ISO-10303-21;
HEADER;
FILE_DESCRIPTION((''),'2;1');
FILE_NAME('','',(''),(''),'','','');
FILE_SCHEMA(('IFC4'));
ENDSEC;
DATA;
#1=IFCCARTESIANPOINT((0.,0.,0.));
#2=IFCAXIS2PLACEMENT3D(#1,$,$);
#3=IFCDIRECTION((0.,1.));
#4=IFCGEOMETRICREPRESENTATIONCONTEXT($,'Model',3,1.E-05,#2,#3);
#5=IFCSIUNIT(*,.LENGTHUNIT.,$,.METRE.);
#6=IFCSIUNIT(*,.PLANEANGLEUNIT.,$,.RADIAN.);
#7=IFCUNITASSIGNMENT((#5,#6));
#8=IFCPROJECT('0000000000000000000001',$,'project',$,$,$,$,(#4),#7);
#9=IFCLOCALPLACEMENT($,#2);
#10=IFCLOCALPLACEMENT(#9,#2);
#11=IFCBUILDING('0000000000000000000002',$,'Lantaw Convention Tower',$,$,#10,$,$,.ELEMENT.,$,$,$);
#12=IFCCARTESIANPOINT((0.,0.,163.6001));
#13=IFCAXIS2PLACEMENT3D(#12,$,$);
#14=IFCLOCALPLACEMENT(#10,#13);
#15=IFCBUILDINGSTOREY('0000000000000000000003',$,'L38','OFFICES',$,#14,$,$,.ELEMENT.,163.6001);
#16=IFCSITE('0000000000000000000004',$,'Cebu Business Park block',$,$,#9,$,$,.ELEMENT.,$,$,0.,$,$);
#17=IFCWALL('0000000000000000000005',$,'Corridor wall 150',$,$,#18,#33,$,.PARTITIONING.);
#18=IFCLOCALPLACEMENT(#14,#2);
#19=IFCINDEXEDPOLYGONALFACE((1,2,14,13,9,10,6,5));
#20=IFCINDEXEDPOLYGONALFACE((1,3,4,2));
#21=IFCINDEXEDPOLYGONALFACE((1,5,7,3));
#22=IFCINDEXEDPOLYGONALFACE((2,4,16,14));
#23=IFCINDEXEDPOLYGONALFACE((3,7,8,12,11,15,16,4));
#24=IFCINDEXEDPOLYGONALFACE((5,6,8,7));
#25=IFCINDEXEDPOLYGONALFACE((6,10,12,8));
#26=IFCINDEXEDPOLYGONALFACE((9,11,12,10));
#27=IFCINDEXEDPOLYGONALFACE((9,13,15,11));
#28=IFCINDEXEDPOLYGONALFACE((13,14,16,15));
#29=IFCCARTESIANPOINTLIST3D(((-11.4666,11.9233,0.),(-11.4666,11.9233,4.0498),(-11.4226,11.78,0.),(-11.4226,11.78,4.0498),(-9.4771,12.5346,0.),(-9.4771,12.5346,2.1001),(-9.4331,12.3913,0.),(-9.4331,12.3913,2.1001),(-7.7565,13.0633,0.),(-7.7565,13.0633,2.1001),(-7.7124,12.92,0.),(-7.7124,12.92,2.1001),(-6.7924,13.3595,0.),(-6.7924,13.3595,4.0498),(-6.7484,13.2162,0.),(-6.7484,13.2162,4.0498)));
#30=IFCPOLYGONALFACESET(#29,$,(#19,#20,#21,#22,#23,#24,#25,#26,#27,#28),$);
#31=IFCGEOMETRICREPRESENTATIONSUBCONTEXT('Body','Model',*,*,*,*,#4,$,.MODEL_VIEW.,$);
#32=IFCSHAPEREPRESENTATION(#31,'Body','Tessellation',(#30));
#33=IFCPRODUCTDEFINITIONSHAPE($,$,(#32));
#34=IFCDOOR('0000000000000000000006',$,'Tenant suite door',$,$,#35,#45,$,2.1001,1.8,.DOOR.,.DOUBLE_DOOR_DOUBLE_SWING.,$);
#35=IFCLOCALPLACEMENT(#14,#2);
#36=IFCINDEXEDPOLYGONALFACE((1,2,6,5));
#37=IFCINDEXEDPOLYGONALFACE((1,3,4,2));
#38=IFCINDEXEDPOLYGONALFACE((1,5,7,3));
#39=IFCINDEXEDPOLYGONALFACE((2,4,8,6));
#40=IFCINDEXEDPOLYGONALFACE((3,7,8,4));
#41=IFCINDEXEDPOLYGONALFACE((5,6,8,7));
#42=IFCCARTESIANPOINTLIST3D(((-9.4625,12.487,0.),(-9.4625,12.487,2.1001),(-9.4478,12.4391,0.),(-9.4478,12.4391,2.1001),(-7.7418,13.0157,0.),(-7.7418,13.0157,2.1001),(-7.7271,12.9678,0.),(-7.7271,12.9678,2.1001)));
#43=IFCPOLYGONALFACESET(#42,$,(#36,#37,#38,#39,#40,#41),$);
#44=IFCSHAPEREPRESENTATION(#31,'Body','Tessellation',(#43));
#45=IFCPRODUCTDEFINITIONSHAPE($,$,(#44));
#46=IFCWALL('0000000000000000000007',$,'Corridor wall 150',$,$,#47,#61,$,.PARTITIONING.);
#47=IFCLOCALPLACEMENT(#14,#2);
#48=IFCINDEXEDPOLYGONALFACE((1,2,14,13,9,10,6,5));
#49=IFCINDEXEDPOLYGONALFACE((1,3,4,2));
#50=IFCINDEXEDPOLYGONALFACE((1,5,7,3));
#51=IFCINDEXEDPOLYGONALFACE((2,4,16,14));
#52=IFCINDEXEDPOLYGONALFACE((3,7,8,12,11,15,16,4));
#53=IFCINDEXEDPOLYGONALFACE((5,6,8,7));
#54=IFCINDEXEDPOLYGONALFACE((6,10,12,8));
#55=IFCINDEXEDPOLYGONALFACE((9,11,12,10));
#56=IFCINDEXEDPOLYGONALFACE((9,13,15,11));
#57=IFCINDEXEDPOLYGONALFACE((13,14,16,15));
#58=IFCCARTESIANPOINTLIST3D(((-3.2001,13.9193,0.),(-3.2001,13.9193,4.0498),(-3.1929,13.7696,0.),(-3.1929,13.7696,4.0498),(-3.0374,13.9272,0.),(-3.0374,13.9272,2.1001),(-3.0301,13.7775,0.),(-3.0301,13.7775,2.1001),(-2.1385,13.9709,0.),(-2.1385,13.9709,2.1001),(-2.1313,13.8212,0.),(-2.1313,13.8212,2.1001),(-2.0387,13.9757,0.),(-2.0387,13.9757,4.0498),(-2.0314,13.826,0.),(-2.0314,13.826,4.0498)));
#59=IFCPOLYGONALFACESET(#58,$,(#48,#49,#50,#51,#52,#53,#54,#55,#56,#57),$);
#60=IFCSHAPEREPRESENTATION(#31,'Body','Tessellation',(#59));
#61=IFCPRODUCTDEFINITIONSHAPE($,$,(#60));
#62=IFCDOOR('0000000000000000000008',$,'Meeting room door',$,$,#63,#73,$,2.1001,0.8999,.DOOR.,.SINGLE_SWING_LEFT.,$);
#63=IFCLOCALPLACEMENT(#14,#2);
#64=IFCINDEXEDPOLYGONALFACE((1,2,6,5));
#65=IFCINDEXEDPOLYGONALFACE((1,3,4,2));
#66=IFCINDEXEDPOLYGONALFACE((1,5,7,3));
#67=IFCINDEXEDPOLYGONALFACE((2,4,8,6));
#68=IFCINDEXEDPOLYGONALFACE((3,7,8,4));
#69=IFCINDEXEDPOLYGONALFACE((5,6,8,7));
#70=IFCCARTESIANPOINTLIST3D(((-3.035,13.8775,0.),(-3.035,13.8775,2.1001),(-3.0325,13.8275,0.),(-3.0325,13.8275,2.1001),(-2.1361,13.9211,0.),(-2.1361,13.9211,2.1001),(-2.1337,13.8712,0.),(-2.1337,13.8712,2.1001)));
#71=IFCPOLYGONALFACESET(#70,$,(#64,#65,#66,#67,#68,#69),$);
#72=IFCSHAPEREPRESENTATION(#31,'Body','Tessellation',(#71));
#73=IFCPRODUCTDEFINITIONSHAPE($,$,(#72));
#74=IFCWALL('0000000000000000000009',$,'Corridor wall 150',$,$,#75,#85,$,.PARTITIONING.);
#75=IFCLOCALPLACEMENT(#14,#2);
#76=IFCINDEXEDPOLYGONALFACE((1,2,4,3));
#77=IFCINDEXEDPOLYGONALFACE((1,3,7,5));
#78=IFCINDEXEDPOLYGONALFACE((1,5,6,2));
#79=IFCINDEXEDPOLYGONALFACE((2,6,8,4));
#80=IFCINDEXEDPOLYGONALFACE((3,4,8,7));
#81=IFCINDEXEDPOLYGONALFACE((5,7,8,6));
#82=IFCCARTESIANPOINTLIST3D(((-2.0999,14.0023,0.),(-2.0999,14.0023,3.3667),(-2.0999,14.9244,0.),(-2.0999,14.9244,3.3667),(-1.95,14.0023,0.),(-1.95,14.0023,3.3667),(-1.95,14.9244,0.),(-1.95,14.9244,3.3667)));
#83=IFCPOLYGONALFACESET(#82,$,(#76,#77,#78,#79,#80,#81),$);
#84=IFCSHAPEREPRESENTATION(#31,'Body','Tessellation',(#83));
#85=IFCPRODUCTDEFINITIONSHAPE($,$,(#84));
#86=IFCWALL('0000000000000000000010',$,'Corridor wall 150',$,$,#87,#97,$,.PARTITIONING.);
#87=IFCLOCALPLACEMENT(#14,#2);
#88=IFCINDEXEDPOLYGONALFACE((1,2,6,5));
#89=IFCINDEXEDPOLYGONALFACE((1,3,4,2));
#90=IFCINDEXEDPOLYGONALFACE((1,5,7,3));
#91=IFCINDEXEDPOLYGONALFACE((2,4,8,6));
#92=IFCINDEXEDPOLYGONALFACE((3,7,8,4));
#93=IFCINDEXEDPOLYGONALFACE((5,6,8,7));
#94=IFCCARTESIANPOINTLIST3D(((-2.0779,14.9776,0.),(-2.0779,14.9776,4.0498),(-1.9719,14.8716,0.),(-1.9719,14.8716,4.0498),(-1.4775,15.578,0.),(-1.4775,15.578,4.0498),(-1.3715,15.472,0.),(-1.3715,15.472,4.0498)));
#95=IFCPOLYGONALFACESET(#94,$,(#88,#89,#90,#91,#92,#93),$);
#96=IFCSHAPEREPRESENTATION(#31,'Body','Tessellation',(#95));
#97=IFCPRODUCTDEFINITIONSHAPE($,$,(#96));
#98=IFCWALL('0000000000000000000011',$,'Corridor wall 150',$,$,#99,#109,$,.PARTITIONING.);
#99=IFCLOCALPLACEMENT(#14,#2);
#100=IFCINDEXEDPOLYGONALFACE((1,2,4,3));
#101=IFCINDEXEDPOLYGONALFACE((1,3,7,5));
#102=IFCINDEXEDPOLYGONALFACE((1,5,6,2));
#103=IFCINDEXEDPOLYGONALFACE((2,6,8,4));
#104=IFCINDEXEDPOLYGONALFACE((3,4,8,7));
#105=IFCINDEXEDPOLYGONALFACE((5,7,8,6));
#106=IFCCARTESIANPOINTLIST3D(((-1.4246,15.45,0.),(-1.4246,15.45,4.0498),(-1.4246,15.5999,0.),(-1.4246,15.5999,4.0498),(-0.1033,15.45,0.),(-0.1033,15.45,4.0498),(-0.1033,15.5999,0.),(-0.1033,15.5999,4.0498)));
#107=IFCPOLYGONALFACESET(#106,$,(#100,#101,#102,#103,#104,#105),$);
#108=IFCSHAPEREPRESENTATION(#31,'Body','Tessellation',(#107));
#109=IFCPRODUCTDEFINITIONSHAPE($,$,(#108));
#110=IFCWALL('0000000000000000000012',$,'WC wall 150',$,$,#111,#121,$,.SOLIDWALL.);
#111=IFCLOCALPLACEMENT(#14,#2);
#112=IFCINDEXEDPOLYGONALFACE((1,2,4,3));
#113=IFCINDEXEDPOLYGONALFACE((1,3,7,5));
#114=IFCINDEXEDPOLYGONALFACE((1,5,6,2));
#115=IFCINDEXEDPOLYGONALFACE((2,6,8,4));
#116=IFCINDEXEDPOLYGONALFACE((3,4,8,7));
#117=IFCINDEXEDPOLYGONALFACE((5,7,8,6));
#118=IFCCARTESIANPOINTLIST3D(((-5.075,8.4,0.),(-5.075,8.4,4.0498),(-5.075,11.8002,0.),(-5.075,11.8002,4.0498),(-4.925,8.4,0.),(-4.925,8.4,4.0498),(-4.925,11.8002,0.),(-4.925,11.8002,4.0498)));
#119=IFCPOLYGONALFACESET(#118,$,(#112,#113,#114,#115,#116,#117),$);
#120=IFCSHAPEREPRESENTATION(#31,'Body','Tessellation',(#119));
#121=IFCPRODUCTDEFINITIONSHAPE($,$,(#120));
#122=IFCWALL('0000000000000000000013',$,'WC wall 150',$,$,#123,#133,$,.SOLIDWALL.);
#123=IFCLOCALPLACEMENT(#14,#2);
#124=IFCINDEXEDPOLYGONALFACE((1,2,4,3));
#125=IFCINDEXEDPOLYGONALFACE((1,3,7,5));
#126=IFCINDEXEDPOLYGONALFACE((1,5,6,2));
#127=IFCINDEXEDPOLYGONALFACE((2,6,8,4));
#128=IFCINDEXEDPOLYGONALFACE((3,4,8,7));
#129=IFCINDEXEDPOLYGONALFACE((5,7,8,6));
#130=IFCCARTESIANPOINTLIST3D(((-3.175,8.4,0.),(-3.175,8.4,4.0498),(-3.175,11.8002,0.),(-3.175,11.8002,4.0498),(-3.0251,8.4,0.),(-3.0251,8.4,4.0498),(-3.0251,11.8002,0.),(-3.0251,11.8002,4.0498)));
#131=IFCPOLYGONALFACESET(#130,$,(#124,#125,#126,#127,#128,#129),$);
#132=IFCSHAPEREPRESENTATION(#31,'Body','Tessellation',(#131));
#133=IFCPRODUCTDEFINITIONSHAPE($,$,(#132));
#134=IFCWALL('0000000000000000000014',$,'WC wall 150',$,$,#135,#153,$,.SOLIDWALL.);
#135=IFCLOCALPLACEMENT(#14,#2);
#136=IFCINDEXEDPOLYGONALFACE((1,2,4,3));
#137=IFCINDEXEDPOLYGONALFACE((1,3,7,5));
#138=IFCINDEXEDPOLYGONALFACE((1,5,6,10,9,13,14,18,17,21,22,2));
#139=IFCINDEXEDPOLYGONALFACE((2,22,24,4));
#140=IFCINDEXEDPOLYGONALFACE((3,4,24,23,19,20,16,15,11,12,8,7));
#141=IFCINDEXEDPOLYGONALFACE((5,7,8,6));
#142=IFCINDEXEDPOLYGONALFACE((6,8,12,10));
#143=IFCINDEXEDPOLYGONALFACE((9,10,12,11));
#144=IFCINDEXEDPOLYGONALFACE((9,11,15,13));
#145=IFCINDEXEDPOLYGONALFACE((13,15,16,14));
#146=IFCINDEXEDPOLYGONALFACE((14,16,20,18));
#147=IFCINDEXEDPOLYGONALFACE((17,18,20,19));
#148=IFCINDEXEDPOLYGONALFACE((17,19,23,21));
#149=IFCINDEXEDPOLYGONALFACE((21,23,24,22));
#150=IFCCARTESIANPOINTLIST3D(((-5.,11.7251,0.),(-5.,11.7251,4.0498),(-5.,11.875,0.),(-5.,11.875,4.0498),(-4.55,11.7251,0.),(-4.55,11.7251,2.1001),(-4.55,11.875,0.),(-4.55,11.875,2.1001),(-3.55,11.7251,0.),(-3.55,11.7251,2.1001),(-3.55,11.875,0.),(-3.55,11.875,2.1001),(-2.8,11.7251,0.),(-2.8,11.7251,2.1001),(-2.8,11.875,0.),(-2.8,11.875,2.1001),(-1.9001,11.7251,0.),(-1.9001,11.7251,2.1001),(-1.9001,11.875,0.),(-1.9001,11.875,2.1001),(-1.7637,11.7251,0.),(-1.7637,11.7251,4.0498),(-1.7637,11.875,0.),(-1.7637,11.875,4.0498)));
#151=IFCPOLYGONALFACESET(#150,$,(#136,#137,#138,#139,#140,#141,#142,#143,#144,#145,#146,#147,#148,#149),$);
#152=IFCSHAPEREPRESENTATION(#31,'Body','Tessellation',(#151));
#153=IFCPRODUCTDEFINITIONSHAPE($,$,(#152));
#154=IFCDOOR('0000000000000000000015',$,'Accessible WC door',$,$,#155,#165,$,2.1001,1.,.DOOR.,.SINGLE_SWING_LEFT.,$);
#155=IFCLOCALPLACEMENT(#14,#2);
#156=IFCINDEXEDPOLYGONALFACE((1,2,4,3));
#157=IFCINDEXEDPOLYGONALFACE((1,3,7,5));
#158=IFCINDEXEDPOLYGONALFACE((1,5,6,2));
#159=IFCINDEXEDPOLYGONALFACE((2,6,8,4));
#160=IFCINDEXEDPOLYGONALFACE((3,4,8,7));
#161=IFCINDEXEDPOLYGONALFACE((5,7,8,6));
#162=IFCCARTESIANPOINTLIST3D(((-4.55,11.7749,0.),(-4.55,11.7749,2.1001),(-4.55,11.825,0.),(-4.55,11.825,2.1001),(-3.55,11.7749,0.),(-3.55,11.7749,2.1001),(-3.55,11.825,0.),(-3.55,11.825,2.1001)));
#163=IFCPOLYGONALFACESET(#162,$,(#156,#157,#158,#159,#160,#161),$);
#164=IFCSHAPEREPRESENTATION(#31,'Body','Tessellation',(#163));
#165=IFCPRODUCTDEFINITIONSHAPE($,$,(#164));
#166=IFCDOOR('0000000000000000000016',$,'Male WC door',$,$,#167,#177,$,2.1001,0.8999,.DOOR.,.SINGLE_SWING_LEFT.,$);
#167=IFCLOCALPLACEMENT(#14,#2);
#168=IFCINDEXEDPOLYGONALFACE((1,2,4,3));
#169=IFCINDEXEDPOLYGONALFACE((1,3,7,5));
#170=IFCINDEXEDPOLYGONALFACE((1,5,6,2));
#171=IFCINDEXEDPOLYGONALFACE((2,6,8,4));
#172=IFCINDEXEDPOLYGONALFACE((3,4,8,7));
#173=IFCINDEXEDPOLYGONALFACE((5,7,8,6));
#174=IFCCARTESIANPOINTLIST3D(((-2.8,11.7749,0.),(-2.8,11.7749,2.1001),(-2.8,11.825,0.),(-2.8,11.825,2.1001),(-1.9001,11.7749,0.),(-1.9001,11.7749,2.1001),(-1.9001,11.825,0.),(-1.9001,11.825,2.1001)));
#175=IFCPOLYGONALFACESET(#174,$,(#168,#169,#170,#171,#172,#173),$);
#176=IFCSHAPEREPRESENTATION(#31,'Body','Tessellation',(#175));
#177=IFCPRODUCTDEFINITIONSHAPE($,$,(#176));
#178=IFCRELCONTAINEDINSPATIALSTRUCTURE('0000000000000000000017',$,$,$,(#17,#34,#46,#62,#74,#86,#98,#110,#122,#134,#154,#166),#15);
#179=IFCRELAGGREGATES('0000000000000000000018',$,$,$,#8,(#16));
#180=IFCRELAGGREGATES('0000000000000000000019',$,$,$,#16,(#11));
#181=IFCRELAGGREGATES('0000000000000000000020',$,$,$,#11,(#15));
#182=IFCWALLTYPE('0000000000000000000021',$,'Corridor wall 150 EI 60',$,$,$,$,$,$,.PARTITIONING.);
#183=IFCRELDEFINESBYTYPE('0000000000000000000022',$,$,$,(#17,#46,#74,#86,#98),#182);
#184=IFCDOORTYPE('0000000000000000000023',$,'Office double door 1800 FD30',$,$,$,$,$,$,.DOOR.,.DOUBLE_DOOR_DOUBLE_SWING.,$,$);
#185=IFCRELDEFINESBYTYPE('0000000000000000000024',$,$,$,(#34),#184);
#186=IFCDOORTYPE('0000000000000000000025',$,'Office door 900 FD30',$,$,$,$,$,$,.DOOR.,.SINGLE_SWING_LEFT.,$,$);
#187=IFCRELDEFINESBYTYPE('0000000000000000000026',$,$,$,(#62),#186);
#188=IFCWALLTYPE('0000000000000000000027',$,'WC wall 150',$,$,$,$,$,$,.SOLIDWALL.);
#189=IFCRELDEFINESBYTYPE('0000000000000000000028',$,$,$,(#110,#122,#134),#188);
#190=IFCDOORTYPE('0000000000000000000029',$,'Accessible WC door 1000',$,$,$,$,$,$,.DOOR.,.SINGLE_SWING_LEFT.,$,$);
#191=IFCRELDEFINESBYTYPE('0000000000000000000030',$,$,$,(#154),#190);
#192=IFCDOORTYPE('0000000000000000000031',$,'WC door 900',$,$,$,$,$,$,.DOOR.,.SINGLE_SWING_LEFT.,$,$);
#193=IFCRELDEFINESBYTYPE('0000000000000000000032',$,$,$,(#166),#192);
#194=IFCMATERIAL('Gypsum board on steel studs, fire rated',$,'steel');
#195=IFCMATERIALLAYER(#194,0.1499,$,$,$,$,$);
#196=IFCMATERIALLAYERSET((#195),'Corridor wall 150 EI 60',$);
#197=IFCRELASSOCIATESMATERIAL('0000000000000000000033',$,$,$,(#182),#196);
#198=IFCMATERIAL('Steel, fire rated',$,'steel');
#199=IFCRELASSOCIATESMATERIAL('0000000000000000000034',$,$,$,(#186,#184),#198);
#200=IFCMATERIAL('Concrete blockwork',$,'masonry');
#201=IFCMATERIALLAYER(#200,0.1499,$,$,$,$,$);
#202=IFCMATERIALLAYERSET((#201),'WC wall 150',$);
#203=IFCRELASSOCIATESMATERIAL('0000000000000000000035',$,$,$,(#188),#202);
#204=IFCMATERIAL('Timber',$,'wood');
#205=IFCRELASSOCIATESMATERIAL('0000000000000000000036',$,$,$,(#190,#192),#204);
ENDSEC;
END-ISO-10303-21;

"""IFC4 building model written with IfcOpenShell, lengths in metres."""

from ifc_helpers import new_model, si_unit, direction, frame, frame_2d, origin, place, context, subcontext, project, spatial, rectangle, extrude, material, layer, layer_set, type_object, element, fill, save


model = new_model("IFC4")

# Units and contexts
model_context = context("Model", 3, precision=1e-05, world=origin(), true_north=direction((0.0, 1.0)))
body_context = subcontext(model_context, "Body", "Model", "MODEL_VIEW")
ifc_project = project(units=[si_unit("LENGTHUNIT", "METRE"), si_unit("PLANEANGLEUNIT", "RADIAN")], contexts=[model_context])

# Site, building, storey
site_placement = place(None, origin())
site = spatial("IfcSite", under=ifc_project, at=site_placement, Name="Cebu Business Park block", CompositionType="ELEMENT", RefElevation=0.0)
building_placement = place(site_placement, origin())
building = spatial("IfcBuilding", under=site, at=building_placement, Name="Lantaw Convention Tower", CompositionType="ELEMENT")
storey_placement = place(building_placement, frame((0.0, 0.0, 163.6001)))
storey = spatial("IfcBuildingStorey", under=building, at=storey_placement, Name="L38", Description="OFFICES", CompositionType="ELEMENT", Elevation=163.6001)

# Walls, openings, doors
ifc_material_1 = material(Name="Gypsum board on steel studs, fire rated", Category="steel")
ifc_layer_1 = layer(ifc_material_1, 0.1499)
ifc_layer_set_1 = layer_set([ifc_layer_1], Name="Corridor wall 150 EI 60")
wall_type_1 = type_object("IfcWallType", Name="Corridor wall 150 EI 60", PredefinedType="PARTITIONING", material=ifc_layer_set_1)
ifc_material_2 = material(Name="Steel, fire rated", Category="steel")
door_type_1 = type_object("IfcDoorType", Name="Office door 900 FD30", OperationType="SINGLE_SWING_LEFT", PredefinedType="DOOR", material=ifc_material_2)
wall_1_placement = place(storey_placement, frame((-6.7705, 13.2878, 0.0), z_axis=(0.0, 0.0, 1.0), x_axis=(-0.955892, -0.293717, 0.0)))
wall_1 = element("IfcWall", 1, at=wall_1_placement, inside=storey, type_object=wall_type_1, Name="Corridor wall 150", PredefinedType="PARTITIONING", context=body_context, shape_type="SweptSolid", body=[
    extrude(rectangle(XDim=4.8899, YDim=0.1499, at=frame_2d((2.4448, 0.0))), origin(), (0.0, 0.0, 1.0), 4.0498),
])
opening_1_placement = place(wall_1_placement, frame((1.0085, 0.0, 0.0)))
opening_1 = element("IfcOpeningElement", 2, at=opening_1_placement, cuts=wall_1, PredefinedType="OPENING", context=body_context, shape_type="SweptSolid", body=[
    extrude(rectangle(XDim=1.8, YDim=2.1001, at=frame_2d((0.8999, 1.05))), frame((0.0, 0.085, 0.0), z_axis=(0.0, -1.0, 0.0), x_axis=(1.0, 0.0, 0.0)), (0.0, 0.0, 1.0), 0.1699),
])
door_type_2 = type_object("IfcDoorType", Name="Office double door 1800 FD30", OperationType="DOUBLE_DOOR_DOUBLE_SWING", PredefinedType="DOOR", material=ifc_material_2)
door_1_placement = place(opening_1_placement, origin())
door_1 = element("IfcDoor", 3, at=door_1_placement, inside=storey, type_object=door_type_2, Name="Tenant suite door", OperationType="DOUBLE_DOOR_DOUBLE_SWING", OverallHeight=2.1001, OverallWidth=1.8, PredefinedType="DOOR", context=body_context, shape_type="SweptSolid", body=[
    extrude(rectangle(XDim=1.8, YDim=2.1001, at=frame_2d((0.8999, 1.05))), frame((0.0, 0.0249, 0.0), z_axis=(0.0, -1.0, 0.0), x_axis=(1.0, 0.0, 0.0)), (0.0, 0.0, 1.0), 0.05),
])
fill(opening_1, door_1)
wall_2_placement = place(storey_placement, frame((-2.0349, 13.9009, 0.0), z_axis=(0.0, 0.0, 1.0), x_axis=(-0.998823, -0.048503, 0.0)))
wall_2 = element("IfcWall", 4, at=wall_2_placement, inside=storey, type_object=wall_type_1, Name="Corridor wall 150", PredefinedType="PARTITIONING", context=body_context, shape_type="SweptSolid", body=[
    extrude(rectangle(XDim=1.1628, YDim=0.1499, at=frame_2d((0.5815, 0.0))), origin(), (0.0, 0.0, 1.0), 4.0498),
])
opening_2_placement = place(wall_2_placement, frame((0.1001, 0.0, 0.0)))
opening_2 = element("IfcOpeningElement", 5, at=opening_2_placement, cuts=wall_2, PredefinedType="OPENING", context=body_context, shape_type="SweptSolid", body=[
    extrude(rectangle(XDim=0.8999, YDim=2.1001, at=frame_2d((0.45, 1.05))), frame((0.0, 0.085, 0.0), z_axis=(0.0, -1.0, 0.0), x_axis=(1.0, 0.0, 0.0)), (0.0, 0.0, 1.0), 0.1699),
])
door_2_placement = place(opening_2_placement, origin())
door_2 = element("IfcDoor", 6, at=door_2_placement, inside=storey, type_object=door_type_1, Name="Meeting room door", OperationType="SINGLE_SWING_LEFT", OverallHeight=2.1001, OverallWidth=0.8999, PredefinedType="DOOR", context=body_context, shape_type="SweptSolid", body=[
    extrude(rectangle(XDim=0.8999, YDim=2.1001, at=frame_2d((0.45, 1.05))), frame((0.0, 0.0249, 0.0), z_axis=(0.0, -1.0, 0.0), x_axis=(1.0, 0.0, 0.0)), (0.0, 0.0, 1.0), 0.05),
])
fill(opening_2, door_2)

# Walls
wall_3_placement = place(storey_placement, frame((-2.0249, 14.0024, 0.0), z_axis=(0.0, 0.0, 1.0), x_axis=(0.0, 1.0, 0.0)))
element("IfcWall", 7, at=wall_3_placement, inside=storey, type_object=wall_type_1, Name="Corridor wall 150", PredefinedType="PARTITIONING", context=body_context, shape_type="SweptSolid", body=[
    extrude(rectangle(XDim=0.9221, YDim=0.1499, at=frame_2d((0.4609, 0.0))), origin(), (0.0, 0.0, 1.0), 3.3667),
])
wall_4_placement = place(storey_placement, frame((-2.0249, 14.9246, 0.0), z_axis=(0.0, 0.0, 1.0), x_axis=(0.707107, 0.707107, 0.0)))
element("IfcWall", 8, at=wall_4_placement, inside=storey, type_object=wall_type_1, Name="Corridor wall 150", PredefinedType="PARTITIONING", context=body_context, shape_type="SweptSolid", body=[
    extrude(rectangle(XDim=0.8491, YDim=0.1499, at=frame_2d((0.4246, 0.0))), origin(), (0.0, 0.0, 1.0), 4.0498),
])
wall_5_placement = place(storey_placement, frame((-1.4246, 15.5249, 0.0), z_axis=(0.0, 0.0, 1.0), x_axis=(1.0, 0.0, 0.0)))
element("IfcWall", 9, at=wall_5_placement, inside=storey, type_object=wall_type_1, Name="Corridor wall 150", PredefinedType="PARTITIONING", context=body_context, shape_type="SweptSolid", body=[
    extrude(rectangle(XDim=1.3213, YDim=0.1499, at=frame_2d((0.6606, 0.0))), origin(), (0.0, 0.0, 1.0), 4.0498),
])
ifc_material_3 = material(Name="Concrete blockwork", Category="masonry")
ifc_layer_2 = layer(ifc_material_3, 0.1499)
ifc_layer_set_2 = layer_set([ifc_layer_2], Name="WC wall 150")
wall_type_2 = type_object("IfcWallType", Name="WC wall 150", PredefinedType="SOLIDWALL", material=ifc_layer_set_2)
for number, where, z_axis, x_axis, name in (
    (10, (-5.0, 8.3999, 0.0), (0.0, 0.0, 1.0), (0.0, 1.0, 0.0), "WC wall 150"),
    (11, (-3.1001, 8.3999, 0.0), (0.0, 0.0, 1.0), (0.0, 1.0, 0.0), "WC wall 150"),
):
    element("IfcWall", number, at=place(storey_placement, frame(where, z_axis=z_axis, x_axis=x_axis)), inside=storey, type_object=wall_type_2, Name=name, PredefinedType="SOLIDWALL", context=body_context, shape_type="SweptSolid", body=[
        extrude(rectangle(XDim=3.4001, YDim=0.1499, at=frame_2d((1.7002, 0.0))), origin(), (0.0, 0.0, 1.0), 4.0498),
    ])

# Wall, openings, doors
wall_6_placement = place(storey_placement, frame((-5.0, 11.8, 0.0), z_axis=(0.0, 0.0, 1.0), x_axis=(1.0, 0.0, 0.0)))
wall_6 = element("IfcWall", 12, at=wall_6_placement, inside=storey, type_object=wall_type_2, Name="WC wall 150", PredefinedType="SOLIDWALL", context=body_context, shape_type="SweptSolid", body=[
    extrude(rectangle(XDim=3.2363, YDim=0.1499, at=frame_2d((1.6182, 0.0))), origin(), (0.0, 0.0, 1.0), 4.0498),
])
opening_3_placement = place(wall_6_placement, frame((0.45, 0.0, 0.0)))
opening_3 = element("IfcOpeningElement", 13, at=opening_3_placement, cuts=wall_6, PredefinedType="OPENING", context=body_context, shape_type="SweptSolid", body=[
    extrude(rectangle(XDim=1.0, YDim=2.1001, at=frame_2d((0.5, 1.05))), frame((0.0, 0.085, 0.0), z_axis=(0.0, -1.0, 0.0), x_axis=(1.0, 0.0, 0.0)), (0.0, 0.0, 1.0), 0.1699),
])
opening_4_placement = place(wall_6_placement, frame((2.2, 0.0, 0.0)))
opening_4 = element("IfcOpeningElement", 14, at=opening_4_placement, cuts=wall_6, PredefinedType="OPENING", context=body_context, shape_type="SweptSolid", body=[
    extrude(rectangle(XDim=0.8999, YDim=2.1001, at=frame_2d((0.45, 1.05))), frame((0.0, 0.085, 0.0), z_axis=(0.0, -1.0, 0.0), x_axis=(1.0, 0.0, 0.0)), (0.0, 0.0, 1.0), 0.1699),
])
ifc_material_4 = material(Name="Timber", Category="wood")
door_type_3 = type_object("IfcDoorType", Name="Accessible WC door 1000", OperationType="SINGLE_SWING_LEFT", PredefinedType="DOOR", material=ifc_material_4)
door_3_placement = place(opening_3_placement, origin())
door_3 = element("IfcDoor", 15, at=door_3_placement, inside=storey, type_object=door_type_3, Name="Accessible WC door", OperationType="SINGLE_SWING_LEFT", OverallHeight=2.1001, OverallWidth=1.0, PredefinedType="DOOR", context=body_context, shape_type="SweptSolid", body=[
    extrude(rectangle(XDim=1.0, YDim=2.1001, at=frame_2d((0.5, 1.05))), frame((0.0, 0.0249, 0.0), z_axis=(0.0, -1.0, 0.0), x_axis=(1.0, 0.0, 0.0)), (0.0, 0.0, 1.0), 0.05),
])
fill(opening_3, door_3)
door_type_4 = type_object("IfcDoorType", Name="WC door 900", OperationType="SINGLE_SWING_LEFT", PredefinedType="DOOR", material=ifc_material_4)
door_4_placement = place(opening_4_placement, origin())
door_4 = element("IfcDoor", 16, at=door_4_placement, inside=storey, type_object=door_type_4, Name="Male WC door", OperationType="SINGLE_SWING_LEFT", OverallHeight=2.1001, OverallWidth=0.8999, PredefinedType="DOOR", context=body_context, shape_type="SweptSolid", body=[
    extrude(rectangle(XDim=0.8999, YDim=2.1001, at=frame_2d((0.45, 1.05))), frame((0.0, 0.0249, 0.0), z_axis=(0.0, -1.0, 0.0), x_axis=(1.0, 0.0, 0.0)), (0.0, 0.0, 1.0), 0.05),
])
fill(opening_4, door_4)

save(model, "model.ifc")
